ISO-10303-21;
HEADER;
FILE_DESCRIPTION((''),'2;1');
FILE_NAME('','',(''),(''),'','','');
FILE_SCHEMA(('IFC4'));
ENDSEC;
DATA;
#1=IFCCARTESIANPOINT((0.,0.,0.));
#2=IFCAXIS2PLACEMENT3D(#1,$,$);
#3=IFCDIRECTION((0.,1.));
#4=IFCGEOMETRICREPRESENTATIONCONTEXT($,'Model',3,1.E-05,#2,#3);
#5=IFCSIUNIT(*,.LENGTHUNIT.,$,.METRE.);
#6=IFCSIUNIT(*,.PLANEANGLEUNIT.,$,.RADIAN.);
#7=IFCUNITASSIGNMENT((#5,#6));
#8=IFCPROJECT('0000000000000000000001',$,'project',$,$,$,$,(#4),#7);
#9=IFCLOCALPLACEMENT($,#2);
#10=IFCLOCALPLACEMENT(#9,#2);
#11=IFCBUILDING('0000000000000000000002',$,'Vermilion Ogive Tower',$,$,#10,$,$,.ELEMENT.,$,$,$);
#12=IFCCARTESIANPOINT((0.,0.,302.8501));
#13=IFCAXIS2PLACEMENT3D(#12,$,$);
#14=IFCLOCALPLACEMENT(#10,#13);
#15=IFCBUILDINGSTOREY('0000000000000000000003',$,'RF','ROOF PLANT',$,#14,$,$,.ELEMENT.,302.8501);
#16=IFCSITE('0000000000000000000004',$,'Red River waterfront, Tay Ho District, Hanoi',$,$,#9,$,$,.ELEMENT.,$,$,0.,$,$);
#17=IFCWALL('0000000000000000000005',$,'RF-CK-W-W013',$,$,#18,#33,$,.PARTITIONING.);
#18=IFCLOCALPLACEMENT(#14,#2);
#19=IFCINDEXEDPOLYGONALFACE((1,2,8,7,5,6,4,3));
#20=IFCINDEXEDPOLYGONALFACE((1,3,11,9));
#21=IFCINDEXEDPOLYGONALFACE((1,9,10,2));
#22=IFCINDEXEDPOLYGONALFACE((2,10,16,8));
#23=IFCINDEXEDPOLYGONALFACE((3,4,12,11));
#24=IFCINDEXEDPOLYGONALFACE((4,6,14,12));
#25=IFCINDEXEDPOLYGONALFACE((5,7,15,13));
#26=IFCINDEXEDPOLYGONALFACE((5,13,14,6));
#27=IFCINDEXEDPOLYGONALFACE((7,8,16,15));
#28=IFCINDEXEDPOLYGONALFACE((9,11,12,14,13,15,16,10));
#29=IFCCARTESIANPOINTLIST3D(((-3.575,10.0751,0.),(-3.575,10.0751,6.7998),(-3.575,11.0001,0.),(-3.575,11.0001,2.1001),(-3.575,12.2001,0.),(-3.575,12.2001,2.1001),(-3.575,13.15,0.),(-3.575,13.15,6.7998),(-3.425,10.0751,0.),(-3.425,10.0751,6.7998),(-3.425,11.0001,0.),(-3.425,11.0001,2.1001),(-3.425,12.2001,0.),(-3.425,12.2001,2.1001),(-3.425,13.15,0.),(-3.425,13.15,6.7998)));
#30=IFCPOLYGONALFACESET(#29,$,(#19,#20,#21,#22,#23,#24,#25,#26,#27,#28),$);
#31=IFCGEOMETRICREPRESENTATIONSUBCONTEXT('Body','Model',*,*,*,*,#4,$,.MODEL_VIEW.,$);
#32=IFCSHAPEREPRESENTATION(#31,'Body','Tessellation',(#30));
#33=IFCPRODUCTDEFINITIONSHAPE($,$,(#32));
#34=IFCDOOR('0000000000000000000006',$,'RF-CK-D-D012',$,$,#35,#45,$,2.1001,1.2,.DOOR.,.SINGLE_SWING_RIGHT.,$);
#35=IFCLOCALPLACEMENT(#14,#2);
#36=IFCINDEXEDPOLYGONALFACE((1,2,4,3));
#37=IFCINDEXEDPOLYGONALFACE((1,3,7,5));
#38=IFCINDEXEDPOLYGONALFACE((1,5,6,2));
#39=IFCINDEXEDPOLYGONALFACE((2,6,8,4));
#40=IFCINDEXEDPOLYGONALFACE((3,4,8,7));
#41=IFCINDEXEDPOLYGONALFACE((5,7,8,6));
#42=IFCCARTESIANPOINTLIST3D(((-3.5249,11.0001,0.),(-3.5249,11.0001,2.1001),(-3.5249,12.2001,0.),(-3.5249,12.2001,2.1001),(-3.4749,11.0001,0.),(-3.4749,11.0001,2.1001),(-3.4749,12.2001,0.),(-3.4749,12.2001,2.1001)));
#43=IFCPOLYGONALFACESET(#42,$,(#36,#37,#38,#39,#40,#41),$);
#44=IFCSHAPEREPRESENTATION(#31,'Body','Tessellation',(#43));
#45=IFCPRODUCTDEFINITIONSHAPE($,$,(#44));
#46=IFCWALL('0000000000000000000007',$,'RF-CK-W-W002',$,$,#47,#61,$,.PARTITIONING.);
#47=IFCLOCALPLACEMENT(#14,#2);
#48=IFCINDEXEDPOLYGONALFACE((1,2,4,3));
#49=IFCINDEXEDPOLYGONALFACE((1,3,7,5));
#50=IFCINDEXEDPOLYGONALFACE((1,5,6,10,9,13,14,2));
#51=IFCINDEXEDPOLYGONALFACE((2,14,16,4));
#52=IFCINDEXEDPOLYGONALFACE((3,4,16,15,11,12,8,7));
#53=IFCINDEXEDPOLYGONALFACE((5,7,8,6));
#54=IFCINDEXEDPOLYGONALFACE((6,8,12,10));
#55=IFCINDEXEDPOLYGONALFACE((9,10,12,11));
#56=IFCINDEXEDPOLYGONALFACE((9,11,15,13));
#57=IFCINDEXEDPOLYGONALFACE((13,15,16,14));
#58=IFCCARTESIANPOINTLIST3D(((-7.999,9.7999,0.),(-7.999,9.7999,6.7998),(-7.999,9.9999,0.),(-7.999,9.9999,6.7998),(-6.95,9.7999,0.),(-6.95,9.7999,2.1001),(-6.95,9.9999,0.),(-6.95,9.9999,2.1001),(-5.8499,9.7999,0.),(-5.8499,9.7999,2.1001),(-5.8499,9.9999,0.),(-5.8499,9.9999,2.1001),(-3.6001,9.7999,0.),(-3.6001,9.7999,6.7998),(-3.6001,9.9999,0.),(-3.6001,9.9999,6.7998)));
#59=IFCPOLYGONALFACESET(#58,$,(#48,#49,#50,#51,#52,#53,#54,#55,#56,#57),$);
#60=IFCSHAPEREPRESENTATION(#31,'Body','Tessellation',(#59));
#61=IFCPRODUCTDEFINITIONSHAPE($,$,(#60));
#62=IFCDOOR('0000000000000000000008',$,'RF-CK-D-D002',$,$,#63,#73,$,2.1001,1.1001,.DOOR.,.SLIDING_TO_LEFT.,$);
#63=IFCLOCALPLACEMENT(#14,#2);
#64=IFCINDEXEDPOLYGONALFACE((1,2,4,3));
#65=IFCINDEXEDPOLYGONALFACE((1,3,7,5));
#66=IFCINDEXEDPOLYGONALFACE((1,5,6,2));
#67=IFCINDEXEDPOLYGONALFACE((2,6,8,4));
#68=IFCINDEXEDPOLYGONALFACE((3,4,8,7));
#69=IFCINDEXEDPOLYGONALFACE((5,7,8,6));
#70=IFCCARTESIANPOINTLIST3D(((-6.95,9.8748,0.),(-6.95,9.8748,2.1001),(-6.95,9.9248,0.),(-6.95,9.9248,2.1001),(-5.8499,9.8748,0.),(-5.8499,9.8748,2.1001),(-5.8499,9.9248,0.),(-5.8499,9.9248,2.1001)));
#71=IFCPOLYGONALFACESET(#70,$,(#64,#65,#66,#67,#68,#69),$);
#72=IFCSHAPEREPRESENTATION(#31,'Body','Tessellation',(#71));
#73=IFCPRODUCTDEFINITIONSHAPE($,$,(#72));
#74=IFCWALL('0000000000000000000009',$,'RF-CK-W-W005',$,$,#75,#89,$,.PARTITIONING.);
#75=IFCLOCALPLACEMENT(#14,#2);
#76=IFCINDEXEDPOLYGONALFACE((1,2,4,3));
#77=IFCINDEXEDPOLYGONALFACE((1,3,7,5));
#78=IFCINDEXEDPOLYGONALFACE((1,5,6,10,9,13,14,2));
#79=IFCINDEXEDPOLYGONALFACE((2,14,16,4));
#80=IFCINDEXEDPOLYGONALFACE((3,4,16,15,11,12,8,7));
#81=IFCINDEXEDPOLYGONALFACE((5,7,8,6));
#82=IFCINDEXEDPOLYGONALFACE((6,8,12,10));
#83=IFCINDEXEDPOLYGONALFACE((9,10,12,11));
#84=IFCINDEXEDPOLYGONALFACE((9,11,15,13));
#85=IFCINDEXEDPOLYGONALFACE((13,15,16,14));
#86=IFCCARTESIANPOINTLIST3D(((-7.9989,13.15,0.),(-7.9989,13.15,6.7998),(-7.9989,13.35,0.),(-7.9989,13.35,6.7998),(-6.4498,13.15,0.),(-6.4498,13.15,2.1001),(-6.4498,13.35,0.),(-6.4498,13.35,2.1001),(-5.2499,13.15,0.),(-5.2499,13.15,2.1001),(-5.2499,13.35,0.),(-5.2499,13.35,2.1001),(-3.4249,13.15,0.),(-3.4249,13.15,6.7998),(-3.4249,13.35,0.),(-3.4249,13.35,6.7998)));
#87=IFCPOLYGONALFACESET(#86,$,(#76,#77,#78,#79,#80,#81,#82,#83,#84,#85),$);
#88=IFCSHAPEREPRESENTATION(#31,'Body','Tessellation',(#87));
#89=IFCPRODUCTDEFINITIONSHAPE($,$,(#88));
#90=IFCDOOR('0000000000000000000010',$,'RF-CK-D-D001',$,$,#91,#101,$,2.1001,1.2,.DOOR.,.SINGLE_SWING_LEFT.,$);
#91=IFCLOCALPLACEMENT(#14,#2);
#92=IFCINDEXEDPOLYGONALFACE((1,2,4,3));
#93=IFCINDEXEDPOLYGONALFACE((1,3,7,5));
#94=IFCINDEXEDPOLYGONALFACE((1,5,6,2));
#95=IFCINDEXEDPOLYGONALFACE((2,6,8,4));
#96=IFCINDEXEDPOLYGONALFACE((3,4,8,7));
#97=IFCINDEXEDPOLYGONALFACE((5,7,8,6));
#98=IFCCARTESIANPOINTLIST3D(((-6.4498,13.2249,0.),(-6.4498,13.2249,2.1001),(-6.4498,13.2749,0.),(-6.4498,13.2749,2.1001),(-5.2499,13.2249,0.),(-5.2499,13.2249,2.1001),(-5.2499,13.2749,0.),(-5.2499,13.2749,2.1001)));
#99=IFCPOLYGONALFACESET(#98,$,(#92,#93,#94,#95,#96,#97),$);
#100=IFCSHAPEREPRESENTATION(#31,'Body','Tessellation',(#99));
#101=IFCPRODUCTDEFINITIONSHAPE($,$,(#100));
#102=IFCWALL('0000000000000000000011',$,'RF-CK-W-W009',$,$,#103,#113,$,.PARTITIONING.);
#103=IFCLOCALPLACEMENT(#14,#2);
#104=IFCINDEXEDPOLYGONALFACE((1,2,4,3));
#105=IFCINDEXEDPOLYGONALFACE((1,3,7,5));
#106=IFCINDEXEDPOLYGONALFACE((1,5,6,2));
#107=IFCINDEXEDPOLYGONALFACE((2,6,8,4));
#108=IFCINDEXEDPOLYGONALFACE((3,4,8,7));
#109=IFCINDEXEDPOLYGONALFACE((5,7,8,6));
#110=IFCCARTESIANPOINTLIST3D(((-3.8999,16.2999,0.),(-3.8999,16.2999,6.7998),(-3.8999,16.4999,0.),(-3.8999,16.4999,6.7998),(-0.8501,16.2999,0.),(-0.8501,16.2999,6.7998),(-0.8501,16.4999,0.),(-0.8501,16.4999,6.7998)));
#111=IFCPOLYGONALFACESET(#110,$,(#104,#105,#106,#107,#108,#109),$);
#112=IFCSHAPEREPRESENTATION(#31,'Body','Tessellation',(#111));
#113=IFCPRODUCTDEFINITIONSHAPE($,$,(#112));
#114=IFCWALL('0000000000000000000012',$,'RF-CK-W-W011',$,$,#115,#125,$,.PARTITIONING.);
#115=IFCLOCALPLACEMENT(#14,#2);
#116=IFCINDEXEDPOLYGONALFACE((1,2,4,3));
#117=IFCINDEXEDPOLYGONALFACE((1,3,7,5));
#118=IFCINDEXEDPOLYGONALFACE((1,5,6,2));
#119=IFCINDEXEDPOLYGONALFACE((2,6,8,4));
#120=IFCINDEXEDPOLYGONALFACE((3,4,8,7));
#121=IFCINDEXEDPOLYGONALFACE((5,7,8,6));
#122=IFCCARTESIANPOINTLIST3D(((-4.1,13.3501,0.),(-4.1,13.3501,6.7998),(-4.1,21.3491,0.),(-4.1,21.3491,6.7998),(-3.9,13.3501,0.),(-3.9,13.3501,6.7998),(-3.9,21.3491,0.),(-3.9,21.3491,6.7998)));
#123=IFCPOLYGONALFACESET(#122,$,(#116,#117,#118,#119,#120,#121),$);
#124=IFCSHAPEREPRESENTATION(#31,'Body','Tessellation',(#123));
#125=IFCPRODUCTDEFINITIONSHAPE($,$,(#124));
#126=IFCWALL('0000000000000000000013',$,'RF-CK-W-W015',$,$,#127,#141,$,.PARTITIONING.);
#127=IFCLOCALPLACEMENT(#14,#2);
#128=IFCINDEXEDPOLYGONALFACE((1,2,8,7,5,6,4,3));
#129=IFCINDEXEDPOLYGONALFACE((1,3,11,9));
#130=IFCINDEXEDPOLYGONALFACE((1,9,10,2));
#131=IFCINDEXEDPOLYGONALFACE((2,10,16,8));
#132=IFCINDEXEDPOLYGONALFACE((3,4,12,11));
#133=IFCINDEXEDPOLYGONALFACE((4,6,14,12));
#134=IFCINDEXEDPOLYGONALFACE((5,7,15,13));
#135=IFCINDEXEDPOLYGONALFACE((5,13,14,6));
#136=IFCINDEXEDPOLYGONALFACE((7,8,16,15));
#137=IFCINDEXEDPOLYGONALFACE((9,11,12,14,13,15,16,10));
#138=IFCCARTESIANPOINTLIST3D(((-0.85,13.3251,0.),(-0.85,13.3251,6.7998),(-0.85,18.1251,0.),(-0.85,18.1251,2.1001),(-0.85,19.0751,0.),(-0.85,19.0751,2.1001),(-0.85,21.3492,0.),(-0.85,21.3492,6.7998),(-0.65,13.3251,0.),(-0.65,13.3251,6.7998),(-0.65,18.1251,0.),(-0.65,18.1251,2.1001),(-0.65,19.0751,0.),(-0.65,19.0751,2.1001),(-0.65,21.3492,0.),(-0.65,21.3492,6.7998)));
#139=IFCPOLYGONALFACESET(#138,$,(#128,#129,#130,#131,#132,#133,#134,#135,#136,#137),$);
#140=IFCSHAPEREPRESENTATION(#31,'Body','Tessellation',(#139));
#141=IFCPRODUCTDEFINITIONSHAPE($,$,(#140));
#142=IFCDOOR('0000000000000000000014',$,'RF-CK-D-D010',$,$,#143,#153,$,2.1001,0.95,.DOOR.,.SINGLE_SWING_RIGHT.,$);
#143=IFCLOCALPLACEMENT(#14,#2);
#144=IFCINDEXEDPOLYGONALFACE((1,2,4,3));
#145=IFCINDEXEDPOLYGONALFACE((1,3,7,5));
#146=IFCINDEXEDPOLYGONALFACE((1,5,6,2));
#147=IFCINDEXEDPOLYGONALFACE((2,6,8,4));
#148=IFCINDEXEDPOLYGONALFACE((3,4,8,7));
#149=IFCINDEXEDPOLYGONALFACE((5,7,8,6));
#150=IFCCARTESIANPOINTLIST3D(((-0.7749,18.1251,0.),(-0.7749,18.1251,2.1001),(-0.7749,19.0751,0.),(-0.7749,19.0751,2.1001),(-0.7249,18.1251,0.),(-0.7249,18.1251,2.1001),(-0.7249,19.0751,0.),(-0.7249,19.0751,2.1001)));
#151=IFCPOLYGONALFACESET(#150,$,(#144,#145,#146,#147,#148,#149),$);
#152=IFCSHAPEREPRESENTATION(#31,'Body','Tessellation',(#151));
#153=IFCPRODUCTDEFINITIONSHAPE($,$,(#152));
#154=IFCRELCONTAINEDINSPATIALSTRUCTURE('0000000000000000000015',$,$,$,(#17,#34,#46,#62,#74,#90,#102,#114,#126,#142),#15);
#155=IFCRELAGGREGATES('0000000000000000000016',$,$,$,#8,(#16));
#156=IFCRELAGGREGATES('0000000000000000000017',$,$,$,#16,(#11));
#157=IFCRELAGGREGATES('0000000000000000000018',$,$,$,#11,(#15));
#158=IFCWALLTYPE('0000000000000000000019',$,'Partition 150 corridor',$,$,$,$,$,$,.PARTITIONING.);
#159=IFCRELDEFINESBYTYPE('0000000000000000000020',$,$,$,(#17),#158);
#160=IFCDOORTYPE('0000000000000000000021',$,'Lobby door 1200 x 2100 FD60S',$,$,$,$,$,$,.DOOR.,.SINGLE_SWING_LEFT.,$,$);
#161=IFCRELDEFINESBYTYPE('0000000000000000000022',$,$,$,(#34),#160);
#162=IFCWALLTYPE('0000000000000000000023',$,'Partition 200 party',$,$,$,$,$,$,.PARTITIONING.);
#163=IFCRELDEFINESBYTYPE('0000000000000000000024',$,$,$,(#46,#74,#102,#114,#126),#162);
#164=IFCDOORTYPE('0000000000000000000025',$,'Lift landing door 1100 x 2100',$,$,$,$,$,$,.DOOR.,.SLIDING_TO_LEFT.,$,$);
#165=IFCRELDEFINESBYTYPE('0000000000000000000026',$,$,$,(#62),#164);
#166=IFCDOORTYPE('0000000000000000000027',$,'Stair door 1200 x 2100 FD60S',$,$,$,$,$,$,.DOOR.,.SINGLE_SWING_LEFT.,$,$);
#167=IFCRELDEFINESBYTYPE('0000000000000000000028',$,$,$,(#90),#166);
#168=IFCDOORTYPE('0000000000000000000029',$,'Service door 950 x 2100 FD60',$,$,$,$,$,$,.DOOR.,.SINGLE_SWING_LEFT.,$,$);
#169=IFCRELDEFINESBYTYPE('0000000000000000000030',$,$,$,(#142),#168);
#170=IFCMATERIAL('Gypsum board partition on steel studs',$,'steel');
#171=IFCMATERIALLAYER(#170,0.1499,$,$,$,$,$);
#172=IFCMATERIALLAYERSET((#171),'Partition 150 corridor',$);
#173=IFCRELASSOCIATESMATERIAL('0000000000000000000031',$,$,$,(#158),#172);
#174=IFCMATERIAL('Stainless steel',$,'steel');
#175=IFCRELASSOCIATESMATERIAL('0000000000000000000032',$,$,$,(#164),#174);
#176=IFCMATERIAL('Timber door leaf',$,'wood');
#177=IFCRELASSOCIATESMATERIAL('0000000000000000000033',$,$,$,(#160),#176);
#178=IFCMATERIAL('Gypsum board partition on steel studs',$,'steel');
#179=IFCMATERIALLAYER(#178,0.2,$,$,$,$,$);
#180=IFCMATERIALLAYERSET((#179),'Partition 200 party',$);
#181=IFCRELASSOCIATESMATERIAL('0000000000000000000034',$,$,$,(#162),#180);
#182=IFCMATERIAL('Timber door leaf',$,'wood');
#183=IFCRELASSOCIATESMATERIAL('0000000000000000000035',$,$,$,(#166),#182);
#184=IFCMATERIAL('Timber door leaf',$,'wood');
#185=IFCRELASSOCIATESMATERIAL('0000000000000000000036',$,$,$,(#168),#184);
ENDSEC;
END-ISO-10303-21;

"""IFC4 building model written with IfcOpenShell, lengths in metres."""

from ifc_helpers import new_model, si_unit, direction, frame, frame_2d, origin, place, context, subcontext, project, spatial, rectangle, extrude, material, layer, layer_set, type_object, element, fill, save


model = new_model("IFC4")

# Units and contexts
model_context = context("Model", 3, precision=1e-05, world=origin(), true_north=direction((0.0, 1.0)))
body_context = subcontext(model_context, "Body", "Model", "MODEL_VIEW")
ifc_project = project(units=[si_unit("LENGTHUNIT", "METRE"), si_unit("PLANEANGLEUNIT", "RADIAN")], contexts=[model_context])

# Site, building, storey
site_placement = place(None, origin())
site = spatial("IfcSite", under=ifc_project, at=site_placement, Name="Red River waterfront, Tay Ho District, Hanoi", CompositionType="ELEMENT", RefElevation=0.0)
building_placement = place(site_placement, origin())
building = spatial("IfcBuilding", under=site, at=building_placement, Name="Vermilion Ogive Tower", CompositionType="ELEMENT")
storey_placement = place(building_placement, frame((0.0, 0.0, 302.8501)))
storey = spatial("IfcBuildingStorey", under=building, at=storey_placement, Name="RF", Description="ROOF PLANT", CompositionType="ELEMENT", Elevation=302.8501)

# Shared definitions
ifc_material_1 = material(Name="Gypsum board partition on steel studs", Category="steel")
ifc_layer_1 = layer(ifc_material_1, 0.1499)
ifc_layer_set_1 = layer_set([ifc_layer_1], Name="Partition 150 corridor")
wall_type_1 = type_object("IfcWallType", Name="Partition 150 corridor", PredefinedType="PARTITIONING", material=ifc_layer_set_1)

# Shared definitions
ifc_material_2 = material(Name="Stainless steel", Category="steel")
door_type_1 = type_object("IfcDoorType", Name="Lift landing door 1100 x 2100", OperationType="SLIDING_TO_LEFT", PredefinedType="DOOR", material=ifc_material_2)

# Walls, openings, doors
wall_1_placement = place(storey_placement, frame((-3.5, 10.075, 0.0), z_axis=(0.0, 0.0, 1.0), x_axis=(0.0, 1.0, 0.0)))
wall_1 = element("IfcWall", 1, at=wall_1_placement, inside=storey, type_object=wall_type_1, Name="RF-CK-W-W013", PredefinedType="PARTITIONING", context=body_context, shape_type="SweptSolid", body=[
    extrude(rectangle(XDim=3.075, YDim=0.1499, at=frame_2d((1.5376, 0.0))), origin(), (0.0, 0.0, 1.0), 6.7998),
])
opening_1_placement = place(wall_1_placement, frame((0.925, 0.0, 0.0)))
opening_1 = element("IfcOpeningElement", 2, at=opening_1_placement, cuts=wall_1, PredefinedType="OPENING", context=body_context, shape_type="SweptSolid", body=[
    extrude(rectangle(XDim=1.2, YDim=2.1001, at=frame_2d((0.6001, 1.05))), frame((0.0, 0.085, 0.0), z_axis=(0.0, -1.0, 0.0), x_axis=(1.0, 0.0, 0.0)), (0.0, 0.0, 1.0), 0.1699),
])
ifc_material_3 = material(Name="Timber door leaf", Category="wood")
door_type_2 = type_object("IfcDoorType", Name="Lobby door 1200 x 2100 FD60S", OperationType="SINGLE_SWING_LEFT", PredefinedType="DOOR", material=ifc_material_3)
door_1_placement = place(opening_1_placement, origin())
door_1 = element("IfcDoor", 3, at=door_1_placement, inside=storey, type_object=door_type_2, Name="RF-CK-D-D012", OperationType="SINGLE_SWING_RIGHT", OverallHeight=2.1001, OverallWidth=1.2, PredefinedType="DOOR", context=body_context, shape_type="SweptSolid", body=[
    extrude(rectangle(XDim=1.2, YDim=2.1001, at=frame_2d((0.6001, 1.05))), frame((0.0, 0.0249, 0.0), z_axis=(0.0, -1.0, 0.0), x_axis=(1.0, 0.0, 0.0)), (0.0, 0.0, 1.0), 0.05),
])
fill(opening_1, door_1)
ifc_material_4 = material(Name="Gypsum board partition on steel studs", Category="steel")
ifc_layer_2 = layer(ifc_material_4, 0.2)
ifc_layer_set_2 = layer_set([ifc_layer_2], Name="Partition 200 party")
wall_type_2 = type_object("IfcWallType", Name="Partition 200 party", PredefinedType="PARTITIONING", material=ifc_layer_set_2)
wall_2_placement = place(storey_placement, frame((-7.999, 9.8999, 0.0), z_axis=(0.0, 0.0, 1.0), x_axis=(1.0, 0.0, 0.0)))
wall_2 = element("IfcWall", 4, at=wall_2_placement, inside=storey, type_object=wall_type_2, Name="RF-CK-W-W002", PredefinedType="PARTITIONING", context=body_context, shape_type="SweptSolid", body=[
    extrude(rectangle(XDim=4.3989, YDim=0.2, at=frame_2d((2.1995, 0.0))), origin(), (0.0, 0.0, 1.0), 6.7998),
])
opening_2_placement = place(wall_2_placement, frame((1.0491, 0.0, 0.0)))
opening_2 = element("IfcOpeningElement", 5, at=opening_2_placement, cuts=wall_2, PredefinedType="OPENING", context=body_context, shape_type="SweptSolid", body=[
    extrude(rectangle(XDim=1.1001, YDim=2.1001, at=frame_2d((0.55, 1.05))), frame((0.0, 0.1099, 0.0), z_axis=(0.0, -1.0, 0.0), x_axis=(1.0, 0.0, 0.0)), (0.0, 0.0, 1.0), 0.22),
])
door_2_placement = place(opening_2_placement, origin())
door_2 = element("IfcDoor", 6, at=door_2_placement, inside=storey, type_object=door_type_1, Name="RF-CK-D-D002", OperationType="SLIDING_TO_LEFT", OverallHeight=2.1001, OverallWidth=1.1001, PredefinedType="DOOR", context=body_context, shape_type="SweptSolid", body=[
    extrude(rectangle(XDim=1.1001, YDim=2.1001, at=frame_2d((0.55, 1.05))), frame((0.0, 0.0249, 0.0), z_axis=(0.0, -1.0, 0.0), x_axis=(1.0, 0.0, 0.0)), (0.0, 0.0, 1.0), 0.05),
])
fill(opening_2, door_2)
wall_3_placement = place(storey_placement, frame((-7.999, 13.25, 0.0), z_axis=(0.0, 0.0, 1.0), x_axis=(1.0, 0.0, 0.0)))
wall_3 = element("IfcWall", 7, at=wall_3_placement, inside=storey, type_object=wall_type_2, Name="RF-CK-W-W005", PredefinedType="PARTITIONING", context=body_context, shape_type="SweptSolid", body=[
    extrude(rectangle(XDim=4.574, YDim=0.2, at=frame_2d((2.2871, 0.0))), origin(), (0.0, 0.0, 1.0), 6.7998),
])
opening_3_placement = place(wall_3_placement, frame((1.5491, 0.0, 0.0)))
opening_3 = element("IfcOpeningElement", 8, at=opening_3_placement, cuts=wall_3, PredefinedType="OPENING", context=body_context, shape_type="SweptSolid", body=[
    extrude(rectangle(XDim=1.2, YDim=2.1001, at=frame_2d((0.6001, 1.05))), frame((0.0, 0.1099, 0.0), z_axis=(0.0, -1.0, 0.0), x_axis=(1.0, 0.0, 0.0)), (0.0, 0.0, 1.0), 0.22),
])
ifc_material_5 = material(Name="Timber door leaf", Category="wood")
door_type_3 = type_object("IfcDoorType", Name="Stair door 1200 x 2100 FD60S", OperationType="SINGLE_SWING_LEFT", PredefinedType="DOOR", material=ifc_material_5)
door_3_placement = place(opening_3_placement, origin())
door_3 = element("IfcDoor", 9, at=door_3_placement, inside=storey, type_object=door_type_3, Name="RF-CK-D-D001", OperationType="SINGLE_SWING_LEFT", OverallHeight=2.1001, OverallWidth=1.2, PredefinedType="DOOR", context=body_context, shape_type="SweptSolid", body=[
    extrude(rectangle(XDim=1.2, YDim=2.1001, at=frame_2d((0.6001, 1.05))), frame((0.0, 0.0249, 0.0), z_axis=(0.0, -1.0, 0.0), x_axis=(1.0, 0.0, 0.0)), (0.0, 0.0, 1.0), 0.05),
])
fill(opening_3, door_3)

# Walls
wall_4_placement = place(storey_placement, frame((-3.8999, 16.3999, 0.0), z_axis=(0.0, 0.0, 1.0), x_axis=(1.0, 0.0, 0.0)))
element("IfcWall", 10, at=wall_4_placement, inside=storey, type_object=wall_type_2, Name="RF-CK-W-W009", PredefinedType="PARTITIONING", context=body_context, shape_type="SweptSolid", body=[
    extrude(rectangle(XDim=3.0498, YDim=0.2, at=frame_2d((1.5249, 0.0))), origin(), (0.0, 0.0, 1.0), 6.7998),
])
wall_5_placement = place(storey_placement, frame((-4.0, 13.3501, 0.0), z_axis=(0.0, 0.0, 1.0), x_axis=(0.0, 1.0, 0.0)))
element("IfcWall", 11, at=wall_5_placement, inside=storey, type_object=wall_type_2, Name="RF-CK-W-W011", PredefinedType="PARTITIONING", context=body_context, shape_type="SweptSolid", body=[
    extrude(rectangle(XDim=7.999, YDim=0.2, at=frame_2d((3.9995, 0.0))), origin(), (0.0, 0.0, 1.0), 6.7998),
])

# Wall, opening, door
wall_6_placement = place(storey_placement, frame((-0.75, 13.325, 0.0), z_axis=(0.0, 0.0, 1.0), x_axis=(0.0, 1.0, 0.0)))
wall_6 = element("IfcWall", 12, at=wall_6_placement, inside=storey, type_object=wall_type_2, Name="RF-CK-W-W015", PredefinedType="PARTITIONING", context=body_context, shape_type="SweptSolid", body=[
    extrude(rectangle(XDim=8.0242, YDim=0.2, at=frame_2d((4.0122, 0.0))), origin(), (0.0, 0.0, 1.0), 6.7998),
])
opening_4_placement = place(wall_6_placement, frame((4.8, 0.0, 0.0)))
opening_4 = element("IfcOpeningElement", 13, at=opening_4_placement, cuts=wall_6, PredefinedType="OPENING", context=body_context, shape_type="SweptSolid", body=[
    extrude(rectangle(XDim=0.95, YDim=2.1001, at=frame_2d((0.4751, 1.05))), frame((0.0, 0.1099, 0.0), z_axis=(0.0, -1.0, 0.0), x_axis=(1.0, 0.0, 0.0)), (0.0, 0.0, 1.0), 0.22),
])
ifc_material_6 = material(Name="Timber door leaf", Category="wood")
door_type_4 = type_object("IfcDoorType", Name="Service door 950 x 2100 FD60", OperationType="SINGLE_SWING_LEFT", PredefinedType="DOOR", material=ifc_material_6)
door_4_placement = place(opening_4_placement, origin())
door_4 = element("IfcDoor", 14, at=door_4_placement, inside=storey, type_object=door_type_4, Name="RF-CK-D-D010", OperationType="SINGLE_SWING_RIGHT", OverallHeight=2.1001, OverallWidth=0.95, PredefinedType="DOOR", context=body_context, shape_type="SweptSolid", body=[
    extrude(rectangle(XDim=0.95, YDim=2.1001, at=frame_2d((0.4751, 1.05))), frame((0.0, 0.0249, 0.0), z_axis=(0.0, -1.0, 0.0), x_axis=(1.0, 0.0, 0.0)), (0.0, 0.0, 1.0), 0.05),
])
fill(opening_4, door_4)

save(model, "model.ifc")
